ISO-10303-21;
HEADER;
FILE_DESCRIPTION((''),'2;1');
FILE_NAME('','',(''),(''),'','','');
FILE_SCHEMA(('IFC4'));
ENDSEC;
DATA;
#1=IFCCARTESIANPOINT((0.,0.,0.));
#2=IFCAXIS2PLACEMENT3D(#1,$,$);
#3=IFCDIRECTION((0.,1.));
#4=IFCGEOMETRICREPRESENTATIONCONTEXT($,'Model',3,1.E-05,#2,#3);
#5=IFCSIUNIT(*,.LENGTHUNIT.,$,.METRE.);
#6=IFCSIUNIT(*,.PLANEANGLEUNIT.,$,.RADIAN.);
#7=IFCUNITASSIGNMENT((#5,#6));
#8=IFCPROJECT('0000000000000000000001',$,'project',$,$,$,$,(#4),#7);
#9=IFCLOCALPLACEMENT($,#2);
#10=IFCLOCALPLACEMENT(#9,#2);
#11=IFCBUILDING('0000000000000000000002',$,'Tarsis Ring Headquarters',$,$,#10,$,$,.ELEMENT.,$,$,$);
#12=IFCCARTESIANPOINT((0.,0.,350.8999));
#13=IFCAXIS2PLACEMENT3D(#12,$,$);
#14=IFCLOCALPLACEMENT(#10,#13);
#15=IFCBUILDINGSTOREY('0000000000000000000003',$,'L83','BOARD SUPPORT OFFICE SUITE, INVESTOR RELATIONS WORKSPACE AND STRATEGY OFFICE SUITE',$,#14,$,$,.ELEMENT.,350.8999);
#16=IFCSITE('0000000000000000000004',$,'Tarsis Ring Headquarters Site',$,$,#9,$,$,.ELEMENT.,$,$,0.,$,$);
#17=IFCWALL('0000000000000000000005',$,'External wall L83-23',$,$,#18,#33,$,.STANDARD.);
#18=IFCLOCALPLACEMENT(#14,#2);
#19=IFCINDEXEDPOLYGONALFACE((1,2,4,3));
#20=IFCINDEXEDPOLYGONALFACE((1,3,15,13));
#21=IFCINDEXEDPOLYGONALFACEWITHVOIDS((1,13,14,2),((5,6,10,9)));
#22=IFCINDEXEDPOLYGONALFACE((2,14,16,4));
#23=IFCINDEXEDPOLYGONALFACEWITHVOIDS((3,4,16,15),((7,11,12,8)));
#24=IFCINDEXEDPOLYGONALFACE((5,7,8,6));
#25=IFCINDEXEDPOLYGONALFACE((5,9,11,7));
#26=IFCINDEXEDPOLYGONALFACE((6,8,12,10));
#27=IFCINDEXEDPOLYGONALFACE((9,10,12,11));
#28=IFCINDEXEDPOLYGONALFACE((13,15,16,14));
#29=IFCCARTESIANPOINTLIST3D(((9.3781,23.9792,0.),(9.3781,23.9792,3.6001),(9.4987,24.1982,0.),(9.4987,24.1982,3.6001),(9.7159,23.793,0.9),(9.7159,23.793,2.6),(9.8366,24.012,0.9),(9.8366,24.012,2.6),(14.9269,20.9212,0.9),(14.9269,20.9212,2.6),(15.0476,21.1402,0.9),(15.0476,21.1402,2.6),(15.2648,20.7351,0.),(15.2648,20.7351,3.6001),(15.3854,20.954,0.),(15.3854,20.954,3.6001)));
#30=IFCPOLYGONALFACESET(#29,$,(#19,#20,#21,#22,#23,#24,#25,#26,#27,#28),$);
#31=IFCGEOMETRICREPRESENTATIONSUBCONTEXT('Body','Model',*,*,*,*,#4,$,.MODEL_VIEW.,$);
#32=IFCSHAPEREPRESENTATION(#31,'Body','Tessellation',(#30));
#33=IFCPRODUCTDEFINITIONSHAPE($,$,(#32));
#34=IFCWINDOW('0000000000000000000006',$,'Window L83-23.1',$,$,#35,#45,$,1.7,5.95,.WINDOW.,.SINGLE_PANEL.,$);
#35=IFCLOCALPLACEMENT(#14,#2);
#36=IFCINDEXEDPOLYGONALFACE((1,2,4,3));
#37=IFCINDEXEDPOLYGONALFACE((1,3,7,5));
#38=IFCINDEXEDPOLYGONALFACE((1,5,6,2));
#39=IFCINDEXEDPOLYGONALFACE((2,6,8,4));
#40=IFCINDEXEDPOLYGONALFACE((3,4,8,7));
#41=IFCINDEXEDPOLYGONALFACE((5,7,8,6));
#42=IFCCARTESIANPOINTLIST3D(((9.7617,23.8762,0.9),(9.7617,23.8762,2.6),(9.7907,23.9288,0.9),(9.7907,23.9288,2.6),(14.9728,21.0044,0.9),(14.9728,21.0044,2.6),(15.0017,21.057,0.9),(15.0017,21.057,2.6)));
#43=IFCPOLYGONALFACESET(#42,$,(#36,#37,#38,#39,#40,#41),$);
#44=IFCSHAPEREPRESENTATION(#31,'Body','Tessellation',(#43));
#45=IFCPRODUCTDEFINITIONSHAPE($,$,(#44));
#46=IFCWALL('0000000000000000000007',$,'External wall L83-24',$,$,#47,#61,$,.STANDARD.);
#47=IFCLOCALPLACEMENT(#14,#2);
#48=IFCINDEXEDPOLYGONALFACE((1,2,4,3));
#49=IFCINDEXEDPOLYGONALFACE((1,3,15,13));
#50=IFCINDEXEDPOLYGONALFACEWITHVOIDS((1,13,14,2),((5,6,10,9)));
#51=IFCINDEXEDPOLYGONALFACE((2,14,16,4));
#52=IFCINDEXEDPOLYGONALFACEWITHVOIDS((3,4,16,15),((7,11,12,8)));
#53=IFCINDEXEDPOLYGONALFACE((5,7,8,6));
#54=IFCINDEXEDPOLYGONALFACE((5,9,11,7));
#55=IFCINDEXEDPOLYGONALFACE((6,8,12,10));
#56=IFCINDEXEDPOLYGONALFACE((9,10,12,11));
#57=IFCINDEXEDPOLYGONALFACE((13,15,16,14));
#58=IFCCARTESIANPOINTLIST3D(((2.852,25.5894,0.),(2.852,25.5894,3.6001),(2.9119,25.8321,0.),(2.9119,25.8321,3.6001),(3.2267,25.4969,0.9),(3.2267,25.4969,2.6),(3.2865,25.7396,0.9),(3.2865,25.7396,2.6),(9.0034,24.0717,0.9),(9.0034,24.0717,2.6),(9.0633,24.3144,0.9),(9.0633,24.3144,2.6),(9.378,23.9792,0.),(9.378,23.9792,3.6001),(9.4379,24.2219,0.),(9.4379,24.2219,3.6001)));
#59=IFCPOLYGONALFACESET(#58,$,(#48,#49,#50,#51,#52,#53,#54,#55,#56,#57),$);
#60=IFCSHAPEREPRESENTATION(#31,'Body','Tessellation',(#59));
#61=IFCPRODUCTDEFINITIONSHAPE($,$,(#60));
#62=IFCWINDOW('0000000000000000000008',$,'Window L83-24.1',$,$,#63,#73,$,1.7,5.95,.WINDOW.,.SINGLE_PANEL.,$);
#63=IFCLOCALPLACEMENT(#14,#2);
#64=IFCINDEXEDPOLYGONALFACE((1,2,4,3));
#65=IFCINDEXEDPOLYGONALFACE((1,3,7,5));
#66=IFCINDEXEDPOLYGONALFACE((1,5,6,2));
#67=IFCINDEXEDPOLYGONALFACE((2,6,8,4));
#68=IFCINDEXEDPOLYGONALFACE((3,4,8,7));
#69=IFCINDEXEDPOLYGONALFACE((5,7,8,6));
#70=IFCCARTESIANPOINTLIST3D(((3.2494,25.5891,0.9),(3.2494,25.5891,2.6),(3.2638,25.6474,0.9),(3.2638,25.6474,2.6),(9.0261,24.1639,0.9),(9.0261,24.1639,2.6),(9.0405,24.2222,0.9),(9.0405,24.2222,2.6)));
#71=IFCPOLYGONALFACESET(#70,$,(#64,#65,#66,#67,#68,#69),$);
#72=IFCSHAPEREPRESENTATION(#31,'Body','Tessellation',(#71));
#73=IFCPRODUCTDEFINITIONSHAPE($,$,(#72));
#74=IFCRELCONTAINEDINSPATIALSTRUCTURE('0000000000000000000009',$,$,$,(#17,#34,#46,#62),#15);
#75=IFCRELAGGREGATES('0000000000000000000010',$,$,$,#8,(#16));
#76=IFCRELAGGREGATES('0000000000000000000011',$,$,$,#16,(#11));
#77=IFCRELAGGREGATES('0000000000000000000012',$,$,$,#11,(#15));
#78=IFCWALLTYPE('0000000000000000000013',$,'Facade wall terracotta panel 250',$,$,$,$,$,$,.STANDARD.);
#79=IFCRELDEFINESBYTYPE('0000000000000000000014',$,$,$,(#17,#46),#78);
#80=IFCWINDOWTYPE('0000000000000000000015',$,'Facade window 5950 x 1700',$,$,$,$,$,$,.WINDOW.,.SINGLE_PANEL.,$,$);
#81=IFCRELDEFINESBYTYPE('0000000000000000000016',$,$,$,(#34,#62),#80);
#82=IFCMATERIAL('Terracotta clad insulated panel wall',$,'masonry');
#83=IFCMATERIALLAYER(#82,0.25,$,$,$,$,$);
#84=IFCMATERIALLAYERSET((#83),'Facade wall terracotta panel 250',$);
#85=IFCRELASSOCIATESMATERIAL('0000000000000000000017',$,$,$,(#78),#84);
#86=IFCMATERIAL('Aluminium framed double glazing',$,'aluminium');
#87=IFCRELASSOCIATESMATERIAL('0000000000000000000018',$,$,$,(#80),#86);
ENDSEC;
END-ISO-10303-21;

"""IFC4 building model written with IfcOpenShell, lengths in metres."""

from ifc_helpers import new_model, si_unit, direction, frame, frame_2d, origin, place, context, subcontext, project, spatial, rectangle, extrude, material, layer, layer_set, type_object, element, fill, save


model = new_model("IFC4")

# Units and contexts
model_context = context("Model", 3, precision=1e-05, world=origin(), true_north=direction((0.0, 1.0)))
body_context = subcontext(model_context, "Body", "Model", "MODEL_VIEW")
ifc_project = project(units=[si_unit("LENGTHUNIT", "METRE"), si_unit("PLANEANGLEUNIT", "RADIAN")], contexts=[model_context])

# Site, building, storey
site_placement = place(None, origin())
site = spatial("IfcSite", under=ifc_project, at=site_placement, Name="Tarsis Ring Headquarters Site", CompositionType="ELEMENT", RefElevation=0.0)
building_placement = place(site_placement, origin())
building = spatial("IfcBuilding", under=site, at=building_placement, Name="Tarsis Ring Headquarters", CompositionType="ELEMENT")
storey_placement = place(building_placement, frame((0.0, 0.0, 350.8999)))
storey = spatial("IfcBuildingStorey", under=building, at=storey_placement, Name="L83", Description="BOARD SUPPORT OFFICE SUITE, INVESTOR RELATIONS WORKSPACE AND STRATEGY OFFICE SUITE", CompositionType="ELEMENT", Elevation=350.8999)

# Walls, openings, windows
ifc_material_1 = material(Name="Terracotta clad insulated panel wall", Category="masonry")
ifc_layer_1 = layer(ifc_material_1, 0.25)
ifc_layer_set_1 = layer_set([ifc_layer_1], Name="Facade wall terracotta panel 250")
wall_type_1 = type_object("IfcWallType", Name="Facade wall terracotta panel 250", PredefinedType="STANDARD", material=ifc_layer_set_1)
ifc_material_2 = material(Name="Aluminium framed double glazing", Category="aluminium")
window_type = type_object("IfcWindowType", Name="Facade window 5950 x 1700", PartitioningType="SINGLE_PANEL", PredefinedType="WINDOW", material=ifc_material_2)
wall_1_placement = place(storey_placement, frame((15.3252, 20.8445, 0.0), z_axis=(0.0, 0.0, 1.0), x_axis=(-0.875811, 0.482655, 0.0)))
wall_1 = element("IfcWall", 1, at=wall_1_placement, inside=storey, type_object=wall_type_1, Name="External wall L83-23", PredefinedType="STANDARD", context=body_context, shape_type="SweptSolid", body=[
    extrude(rectangle(XDim=6.7214, YDim=0.25, at=frame_2d((3.3608, 0.0))), origin(), (0.0, 0.0, 1.0), 3.6001),
])
opening_1_placement = place(wall_1_placement, frame((0.3857, 0.0, 0.8999)))
opening_1 = element("IfcOpeningElement", 2, at=opening_1_placement, cuts=wall_1, PredefinedType="OPENING", context=body_context, shape_type="SweptSolid", body=[
    extrude(rectangle(XDim=5.95, YDim=1.7, at=frame_2d((2.9751, 0.8501))), frame((0.0, 0.135, 0.0), z_axis=(0.0, -1.0, 0.0), x_axis=(1.0, 0.0, 0.0)), (0.0, 0.0, 1.0), 0.27),
])
window_1_placement = place(opening_1_placement, origin())
window_1 = element("IfcWindow", 3, at=window_1_placement, inside=storey, type_object=window_type, Name="Window L83-23.1", OverallHeight=1.7, OverallWidth=5.95, PartitioningType="SINGLE_PANEL", PredefinedType="WINDOW", context=body_context, shape_type="SweptSolid", body=[
    extrude(rectangle(XDim=5.95, YDim=1.7, at=frame_2d((2.9751, 0.8501))), frame((0.0, 0.03, 0.0), z_axis=(0.0, -1.0, 0.0), x_axis=(1.0, 0.0, 0.0)), (0.0, 0.0, 1.0), 0.0601),
])
fill(opening_1, window_1)
wall_2_placement = place(storey_placement, frame((9.408, 24.1006, 0.0), z_axis=(0.0, 0.0, 1.0), x_axis=(-0.970886, 0.239543, 0.0)))
wall_2 = element("IfcWall", 4, at=wall_2_placement, inside=storey, type_object=wall_type_1, Name="External wall L83-24", PredefinedType="STANDARD", context=body_context, shape_type="SweptSolid", body=[
    extrude(rectangle(XDim=6.7217, YDim=0.25, at=frame_2d((3.3608, 0.0))), origin(), (0.0, 0.0, 1.0), 3.6001),
])
opening_2_placement = place(wall_2_placement, frame((0.3857, 0.0, 0.8999)))
opening_2 = element("IfcOpeningElement", 5, at=opening_2_placement, cuts=wall_2, PredefinedType="OPENING", context=body_context, shape_type="SweptSolid", body=[
    extrude(rectangle(XDim=5.95, YDim=1.7, at=frame_2d((2.9751, 0.8501))), frame((0.0, 0.135, 0.0), z_axis=(0.0, -1.0, 0.0), x_axis=(1.0, 0.0, 0.0)), (0.0, 0.0, 1.0), 0.27),
])
window_2_placement = place(opening_2_placement, origin())
window_2 = element("IfcWindow", 6, at=window_2_placement, inside=storey, type_object=window_type, Name="Window L83-24.1", OverallHeight=1.7, OverallWidth=5.95, PartitioningType="SINGLE_PANEL", PredefinedType="WINDOW", context=body_context, shape_type="SweptSolid", body=[
    extrude(rectangle(XDim=5.95, YDim=1.7, at=frame_2d((2.9751, 0.8501))), frame((0.0, 0.03, 0.0), z_axis=(0.0, -1.0, 0.0), x_axis=(1.0, 0.0, 0.0)), (0.0, 0.0, 1.0), 0.0601),
])
fill(opening_2, window_2)

save(model, "model.ifc")
